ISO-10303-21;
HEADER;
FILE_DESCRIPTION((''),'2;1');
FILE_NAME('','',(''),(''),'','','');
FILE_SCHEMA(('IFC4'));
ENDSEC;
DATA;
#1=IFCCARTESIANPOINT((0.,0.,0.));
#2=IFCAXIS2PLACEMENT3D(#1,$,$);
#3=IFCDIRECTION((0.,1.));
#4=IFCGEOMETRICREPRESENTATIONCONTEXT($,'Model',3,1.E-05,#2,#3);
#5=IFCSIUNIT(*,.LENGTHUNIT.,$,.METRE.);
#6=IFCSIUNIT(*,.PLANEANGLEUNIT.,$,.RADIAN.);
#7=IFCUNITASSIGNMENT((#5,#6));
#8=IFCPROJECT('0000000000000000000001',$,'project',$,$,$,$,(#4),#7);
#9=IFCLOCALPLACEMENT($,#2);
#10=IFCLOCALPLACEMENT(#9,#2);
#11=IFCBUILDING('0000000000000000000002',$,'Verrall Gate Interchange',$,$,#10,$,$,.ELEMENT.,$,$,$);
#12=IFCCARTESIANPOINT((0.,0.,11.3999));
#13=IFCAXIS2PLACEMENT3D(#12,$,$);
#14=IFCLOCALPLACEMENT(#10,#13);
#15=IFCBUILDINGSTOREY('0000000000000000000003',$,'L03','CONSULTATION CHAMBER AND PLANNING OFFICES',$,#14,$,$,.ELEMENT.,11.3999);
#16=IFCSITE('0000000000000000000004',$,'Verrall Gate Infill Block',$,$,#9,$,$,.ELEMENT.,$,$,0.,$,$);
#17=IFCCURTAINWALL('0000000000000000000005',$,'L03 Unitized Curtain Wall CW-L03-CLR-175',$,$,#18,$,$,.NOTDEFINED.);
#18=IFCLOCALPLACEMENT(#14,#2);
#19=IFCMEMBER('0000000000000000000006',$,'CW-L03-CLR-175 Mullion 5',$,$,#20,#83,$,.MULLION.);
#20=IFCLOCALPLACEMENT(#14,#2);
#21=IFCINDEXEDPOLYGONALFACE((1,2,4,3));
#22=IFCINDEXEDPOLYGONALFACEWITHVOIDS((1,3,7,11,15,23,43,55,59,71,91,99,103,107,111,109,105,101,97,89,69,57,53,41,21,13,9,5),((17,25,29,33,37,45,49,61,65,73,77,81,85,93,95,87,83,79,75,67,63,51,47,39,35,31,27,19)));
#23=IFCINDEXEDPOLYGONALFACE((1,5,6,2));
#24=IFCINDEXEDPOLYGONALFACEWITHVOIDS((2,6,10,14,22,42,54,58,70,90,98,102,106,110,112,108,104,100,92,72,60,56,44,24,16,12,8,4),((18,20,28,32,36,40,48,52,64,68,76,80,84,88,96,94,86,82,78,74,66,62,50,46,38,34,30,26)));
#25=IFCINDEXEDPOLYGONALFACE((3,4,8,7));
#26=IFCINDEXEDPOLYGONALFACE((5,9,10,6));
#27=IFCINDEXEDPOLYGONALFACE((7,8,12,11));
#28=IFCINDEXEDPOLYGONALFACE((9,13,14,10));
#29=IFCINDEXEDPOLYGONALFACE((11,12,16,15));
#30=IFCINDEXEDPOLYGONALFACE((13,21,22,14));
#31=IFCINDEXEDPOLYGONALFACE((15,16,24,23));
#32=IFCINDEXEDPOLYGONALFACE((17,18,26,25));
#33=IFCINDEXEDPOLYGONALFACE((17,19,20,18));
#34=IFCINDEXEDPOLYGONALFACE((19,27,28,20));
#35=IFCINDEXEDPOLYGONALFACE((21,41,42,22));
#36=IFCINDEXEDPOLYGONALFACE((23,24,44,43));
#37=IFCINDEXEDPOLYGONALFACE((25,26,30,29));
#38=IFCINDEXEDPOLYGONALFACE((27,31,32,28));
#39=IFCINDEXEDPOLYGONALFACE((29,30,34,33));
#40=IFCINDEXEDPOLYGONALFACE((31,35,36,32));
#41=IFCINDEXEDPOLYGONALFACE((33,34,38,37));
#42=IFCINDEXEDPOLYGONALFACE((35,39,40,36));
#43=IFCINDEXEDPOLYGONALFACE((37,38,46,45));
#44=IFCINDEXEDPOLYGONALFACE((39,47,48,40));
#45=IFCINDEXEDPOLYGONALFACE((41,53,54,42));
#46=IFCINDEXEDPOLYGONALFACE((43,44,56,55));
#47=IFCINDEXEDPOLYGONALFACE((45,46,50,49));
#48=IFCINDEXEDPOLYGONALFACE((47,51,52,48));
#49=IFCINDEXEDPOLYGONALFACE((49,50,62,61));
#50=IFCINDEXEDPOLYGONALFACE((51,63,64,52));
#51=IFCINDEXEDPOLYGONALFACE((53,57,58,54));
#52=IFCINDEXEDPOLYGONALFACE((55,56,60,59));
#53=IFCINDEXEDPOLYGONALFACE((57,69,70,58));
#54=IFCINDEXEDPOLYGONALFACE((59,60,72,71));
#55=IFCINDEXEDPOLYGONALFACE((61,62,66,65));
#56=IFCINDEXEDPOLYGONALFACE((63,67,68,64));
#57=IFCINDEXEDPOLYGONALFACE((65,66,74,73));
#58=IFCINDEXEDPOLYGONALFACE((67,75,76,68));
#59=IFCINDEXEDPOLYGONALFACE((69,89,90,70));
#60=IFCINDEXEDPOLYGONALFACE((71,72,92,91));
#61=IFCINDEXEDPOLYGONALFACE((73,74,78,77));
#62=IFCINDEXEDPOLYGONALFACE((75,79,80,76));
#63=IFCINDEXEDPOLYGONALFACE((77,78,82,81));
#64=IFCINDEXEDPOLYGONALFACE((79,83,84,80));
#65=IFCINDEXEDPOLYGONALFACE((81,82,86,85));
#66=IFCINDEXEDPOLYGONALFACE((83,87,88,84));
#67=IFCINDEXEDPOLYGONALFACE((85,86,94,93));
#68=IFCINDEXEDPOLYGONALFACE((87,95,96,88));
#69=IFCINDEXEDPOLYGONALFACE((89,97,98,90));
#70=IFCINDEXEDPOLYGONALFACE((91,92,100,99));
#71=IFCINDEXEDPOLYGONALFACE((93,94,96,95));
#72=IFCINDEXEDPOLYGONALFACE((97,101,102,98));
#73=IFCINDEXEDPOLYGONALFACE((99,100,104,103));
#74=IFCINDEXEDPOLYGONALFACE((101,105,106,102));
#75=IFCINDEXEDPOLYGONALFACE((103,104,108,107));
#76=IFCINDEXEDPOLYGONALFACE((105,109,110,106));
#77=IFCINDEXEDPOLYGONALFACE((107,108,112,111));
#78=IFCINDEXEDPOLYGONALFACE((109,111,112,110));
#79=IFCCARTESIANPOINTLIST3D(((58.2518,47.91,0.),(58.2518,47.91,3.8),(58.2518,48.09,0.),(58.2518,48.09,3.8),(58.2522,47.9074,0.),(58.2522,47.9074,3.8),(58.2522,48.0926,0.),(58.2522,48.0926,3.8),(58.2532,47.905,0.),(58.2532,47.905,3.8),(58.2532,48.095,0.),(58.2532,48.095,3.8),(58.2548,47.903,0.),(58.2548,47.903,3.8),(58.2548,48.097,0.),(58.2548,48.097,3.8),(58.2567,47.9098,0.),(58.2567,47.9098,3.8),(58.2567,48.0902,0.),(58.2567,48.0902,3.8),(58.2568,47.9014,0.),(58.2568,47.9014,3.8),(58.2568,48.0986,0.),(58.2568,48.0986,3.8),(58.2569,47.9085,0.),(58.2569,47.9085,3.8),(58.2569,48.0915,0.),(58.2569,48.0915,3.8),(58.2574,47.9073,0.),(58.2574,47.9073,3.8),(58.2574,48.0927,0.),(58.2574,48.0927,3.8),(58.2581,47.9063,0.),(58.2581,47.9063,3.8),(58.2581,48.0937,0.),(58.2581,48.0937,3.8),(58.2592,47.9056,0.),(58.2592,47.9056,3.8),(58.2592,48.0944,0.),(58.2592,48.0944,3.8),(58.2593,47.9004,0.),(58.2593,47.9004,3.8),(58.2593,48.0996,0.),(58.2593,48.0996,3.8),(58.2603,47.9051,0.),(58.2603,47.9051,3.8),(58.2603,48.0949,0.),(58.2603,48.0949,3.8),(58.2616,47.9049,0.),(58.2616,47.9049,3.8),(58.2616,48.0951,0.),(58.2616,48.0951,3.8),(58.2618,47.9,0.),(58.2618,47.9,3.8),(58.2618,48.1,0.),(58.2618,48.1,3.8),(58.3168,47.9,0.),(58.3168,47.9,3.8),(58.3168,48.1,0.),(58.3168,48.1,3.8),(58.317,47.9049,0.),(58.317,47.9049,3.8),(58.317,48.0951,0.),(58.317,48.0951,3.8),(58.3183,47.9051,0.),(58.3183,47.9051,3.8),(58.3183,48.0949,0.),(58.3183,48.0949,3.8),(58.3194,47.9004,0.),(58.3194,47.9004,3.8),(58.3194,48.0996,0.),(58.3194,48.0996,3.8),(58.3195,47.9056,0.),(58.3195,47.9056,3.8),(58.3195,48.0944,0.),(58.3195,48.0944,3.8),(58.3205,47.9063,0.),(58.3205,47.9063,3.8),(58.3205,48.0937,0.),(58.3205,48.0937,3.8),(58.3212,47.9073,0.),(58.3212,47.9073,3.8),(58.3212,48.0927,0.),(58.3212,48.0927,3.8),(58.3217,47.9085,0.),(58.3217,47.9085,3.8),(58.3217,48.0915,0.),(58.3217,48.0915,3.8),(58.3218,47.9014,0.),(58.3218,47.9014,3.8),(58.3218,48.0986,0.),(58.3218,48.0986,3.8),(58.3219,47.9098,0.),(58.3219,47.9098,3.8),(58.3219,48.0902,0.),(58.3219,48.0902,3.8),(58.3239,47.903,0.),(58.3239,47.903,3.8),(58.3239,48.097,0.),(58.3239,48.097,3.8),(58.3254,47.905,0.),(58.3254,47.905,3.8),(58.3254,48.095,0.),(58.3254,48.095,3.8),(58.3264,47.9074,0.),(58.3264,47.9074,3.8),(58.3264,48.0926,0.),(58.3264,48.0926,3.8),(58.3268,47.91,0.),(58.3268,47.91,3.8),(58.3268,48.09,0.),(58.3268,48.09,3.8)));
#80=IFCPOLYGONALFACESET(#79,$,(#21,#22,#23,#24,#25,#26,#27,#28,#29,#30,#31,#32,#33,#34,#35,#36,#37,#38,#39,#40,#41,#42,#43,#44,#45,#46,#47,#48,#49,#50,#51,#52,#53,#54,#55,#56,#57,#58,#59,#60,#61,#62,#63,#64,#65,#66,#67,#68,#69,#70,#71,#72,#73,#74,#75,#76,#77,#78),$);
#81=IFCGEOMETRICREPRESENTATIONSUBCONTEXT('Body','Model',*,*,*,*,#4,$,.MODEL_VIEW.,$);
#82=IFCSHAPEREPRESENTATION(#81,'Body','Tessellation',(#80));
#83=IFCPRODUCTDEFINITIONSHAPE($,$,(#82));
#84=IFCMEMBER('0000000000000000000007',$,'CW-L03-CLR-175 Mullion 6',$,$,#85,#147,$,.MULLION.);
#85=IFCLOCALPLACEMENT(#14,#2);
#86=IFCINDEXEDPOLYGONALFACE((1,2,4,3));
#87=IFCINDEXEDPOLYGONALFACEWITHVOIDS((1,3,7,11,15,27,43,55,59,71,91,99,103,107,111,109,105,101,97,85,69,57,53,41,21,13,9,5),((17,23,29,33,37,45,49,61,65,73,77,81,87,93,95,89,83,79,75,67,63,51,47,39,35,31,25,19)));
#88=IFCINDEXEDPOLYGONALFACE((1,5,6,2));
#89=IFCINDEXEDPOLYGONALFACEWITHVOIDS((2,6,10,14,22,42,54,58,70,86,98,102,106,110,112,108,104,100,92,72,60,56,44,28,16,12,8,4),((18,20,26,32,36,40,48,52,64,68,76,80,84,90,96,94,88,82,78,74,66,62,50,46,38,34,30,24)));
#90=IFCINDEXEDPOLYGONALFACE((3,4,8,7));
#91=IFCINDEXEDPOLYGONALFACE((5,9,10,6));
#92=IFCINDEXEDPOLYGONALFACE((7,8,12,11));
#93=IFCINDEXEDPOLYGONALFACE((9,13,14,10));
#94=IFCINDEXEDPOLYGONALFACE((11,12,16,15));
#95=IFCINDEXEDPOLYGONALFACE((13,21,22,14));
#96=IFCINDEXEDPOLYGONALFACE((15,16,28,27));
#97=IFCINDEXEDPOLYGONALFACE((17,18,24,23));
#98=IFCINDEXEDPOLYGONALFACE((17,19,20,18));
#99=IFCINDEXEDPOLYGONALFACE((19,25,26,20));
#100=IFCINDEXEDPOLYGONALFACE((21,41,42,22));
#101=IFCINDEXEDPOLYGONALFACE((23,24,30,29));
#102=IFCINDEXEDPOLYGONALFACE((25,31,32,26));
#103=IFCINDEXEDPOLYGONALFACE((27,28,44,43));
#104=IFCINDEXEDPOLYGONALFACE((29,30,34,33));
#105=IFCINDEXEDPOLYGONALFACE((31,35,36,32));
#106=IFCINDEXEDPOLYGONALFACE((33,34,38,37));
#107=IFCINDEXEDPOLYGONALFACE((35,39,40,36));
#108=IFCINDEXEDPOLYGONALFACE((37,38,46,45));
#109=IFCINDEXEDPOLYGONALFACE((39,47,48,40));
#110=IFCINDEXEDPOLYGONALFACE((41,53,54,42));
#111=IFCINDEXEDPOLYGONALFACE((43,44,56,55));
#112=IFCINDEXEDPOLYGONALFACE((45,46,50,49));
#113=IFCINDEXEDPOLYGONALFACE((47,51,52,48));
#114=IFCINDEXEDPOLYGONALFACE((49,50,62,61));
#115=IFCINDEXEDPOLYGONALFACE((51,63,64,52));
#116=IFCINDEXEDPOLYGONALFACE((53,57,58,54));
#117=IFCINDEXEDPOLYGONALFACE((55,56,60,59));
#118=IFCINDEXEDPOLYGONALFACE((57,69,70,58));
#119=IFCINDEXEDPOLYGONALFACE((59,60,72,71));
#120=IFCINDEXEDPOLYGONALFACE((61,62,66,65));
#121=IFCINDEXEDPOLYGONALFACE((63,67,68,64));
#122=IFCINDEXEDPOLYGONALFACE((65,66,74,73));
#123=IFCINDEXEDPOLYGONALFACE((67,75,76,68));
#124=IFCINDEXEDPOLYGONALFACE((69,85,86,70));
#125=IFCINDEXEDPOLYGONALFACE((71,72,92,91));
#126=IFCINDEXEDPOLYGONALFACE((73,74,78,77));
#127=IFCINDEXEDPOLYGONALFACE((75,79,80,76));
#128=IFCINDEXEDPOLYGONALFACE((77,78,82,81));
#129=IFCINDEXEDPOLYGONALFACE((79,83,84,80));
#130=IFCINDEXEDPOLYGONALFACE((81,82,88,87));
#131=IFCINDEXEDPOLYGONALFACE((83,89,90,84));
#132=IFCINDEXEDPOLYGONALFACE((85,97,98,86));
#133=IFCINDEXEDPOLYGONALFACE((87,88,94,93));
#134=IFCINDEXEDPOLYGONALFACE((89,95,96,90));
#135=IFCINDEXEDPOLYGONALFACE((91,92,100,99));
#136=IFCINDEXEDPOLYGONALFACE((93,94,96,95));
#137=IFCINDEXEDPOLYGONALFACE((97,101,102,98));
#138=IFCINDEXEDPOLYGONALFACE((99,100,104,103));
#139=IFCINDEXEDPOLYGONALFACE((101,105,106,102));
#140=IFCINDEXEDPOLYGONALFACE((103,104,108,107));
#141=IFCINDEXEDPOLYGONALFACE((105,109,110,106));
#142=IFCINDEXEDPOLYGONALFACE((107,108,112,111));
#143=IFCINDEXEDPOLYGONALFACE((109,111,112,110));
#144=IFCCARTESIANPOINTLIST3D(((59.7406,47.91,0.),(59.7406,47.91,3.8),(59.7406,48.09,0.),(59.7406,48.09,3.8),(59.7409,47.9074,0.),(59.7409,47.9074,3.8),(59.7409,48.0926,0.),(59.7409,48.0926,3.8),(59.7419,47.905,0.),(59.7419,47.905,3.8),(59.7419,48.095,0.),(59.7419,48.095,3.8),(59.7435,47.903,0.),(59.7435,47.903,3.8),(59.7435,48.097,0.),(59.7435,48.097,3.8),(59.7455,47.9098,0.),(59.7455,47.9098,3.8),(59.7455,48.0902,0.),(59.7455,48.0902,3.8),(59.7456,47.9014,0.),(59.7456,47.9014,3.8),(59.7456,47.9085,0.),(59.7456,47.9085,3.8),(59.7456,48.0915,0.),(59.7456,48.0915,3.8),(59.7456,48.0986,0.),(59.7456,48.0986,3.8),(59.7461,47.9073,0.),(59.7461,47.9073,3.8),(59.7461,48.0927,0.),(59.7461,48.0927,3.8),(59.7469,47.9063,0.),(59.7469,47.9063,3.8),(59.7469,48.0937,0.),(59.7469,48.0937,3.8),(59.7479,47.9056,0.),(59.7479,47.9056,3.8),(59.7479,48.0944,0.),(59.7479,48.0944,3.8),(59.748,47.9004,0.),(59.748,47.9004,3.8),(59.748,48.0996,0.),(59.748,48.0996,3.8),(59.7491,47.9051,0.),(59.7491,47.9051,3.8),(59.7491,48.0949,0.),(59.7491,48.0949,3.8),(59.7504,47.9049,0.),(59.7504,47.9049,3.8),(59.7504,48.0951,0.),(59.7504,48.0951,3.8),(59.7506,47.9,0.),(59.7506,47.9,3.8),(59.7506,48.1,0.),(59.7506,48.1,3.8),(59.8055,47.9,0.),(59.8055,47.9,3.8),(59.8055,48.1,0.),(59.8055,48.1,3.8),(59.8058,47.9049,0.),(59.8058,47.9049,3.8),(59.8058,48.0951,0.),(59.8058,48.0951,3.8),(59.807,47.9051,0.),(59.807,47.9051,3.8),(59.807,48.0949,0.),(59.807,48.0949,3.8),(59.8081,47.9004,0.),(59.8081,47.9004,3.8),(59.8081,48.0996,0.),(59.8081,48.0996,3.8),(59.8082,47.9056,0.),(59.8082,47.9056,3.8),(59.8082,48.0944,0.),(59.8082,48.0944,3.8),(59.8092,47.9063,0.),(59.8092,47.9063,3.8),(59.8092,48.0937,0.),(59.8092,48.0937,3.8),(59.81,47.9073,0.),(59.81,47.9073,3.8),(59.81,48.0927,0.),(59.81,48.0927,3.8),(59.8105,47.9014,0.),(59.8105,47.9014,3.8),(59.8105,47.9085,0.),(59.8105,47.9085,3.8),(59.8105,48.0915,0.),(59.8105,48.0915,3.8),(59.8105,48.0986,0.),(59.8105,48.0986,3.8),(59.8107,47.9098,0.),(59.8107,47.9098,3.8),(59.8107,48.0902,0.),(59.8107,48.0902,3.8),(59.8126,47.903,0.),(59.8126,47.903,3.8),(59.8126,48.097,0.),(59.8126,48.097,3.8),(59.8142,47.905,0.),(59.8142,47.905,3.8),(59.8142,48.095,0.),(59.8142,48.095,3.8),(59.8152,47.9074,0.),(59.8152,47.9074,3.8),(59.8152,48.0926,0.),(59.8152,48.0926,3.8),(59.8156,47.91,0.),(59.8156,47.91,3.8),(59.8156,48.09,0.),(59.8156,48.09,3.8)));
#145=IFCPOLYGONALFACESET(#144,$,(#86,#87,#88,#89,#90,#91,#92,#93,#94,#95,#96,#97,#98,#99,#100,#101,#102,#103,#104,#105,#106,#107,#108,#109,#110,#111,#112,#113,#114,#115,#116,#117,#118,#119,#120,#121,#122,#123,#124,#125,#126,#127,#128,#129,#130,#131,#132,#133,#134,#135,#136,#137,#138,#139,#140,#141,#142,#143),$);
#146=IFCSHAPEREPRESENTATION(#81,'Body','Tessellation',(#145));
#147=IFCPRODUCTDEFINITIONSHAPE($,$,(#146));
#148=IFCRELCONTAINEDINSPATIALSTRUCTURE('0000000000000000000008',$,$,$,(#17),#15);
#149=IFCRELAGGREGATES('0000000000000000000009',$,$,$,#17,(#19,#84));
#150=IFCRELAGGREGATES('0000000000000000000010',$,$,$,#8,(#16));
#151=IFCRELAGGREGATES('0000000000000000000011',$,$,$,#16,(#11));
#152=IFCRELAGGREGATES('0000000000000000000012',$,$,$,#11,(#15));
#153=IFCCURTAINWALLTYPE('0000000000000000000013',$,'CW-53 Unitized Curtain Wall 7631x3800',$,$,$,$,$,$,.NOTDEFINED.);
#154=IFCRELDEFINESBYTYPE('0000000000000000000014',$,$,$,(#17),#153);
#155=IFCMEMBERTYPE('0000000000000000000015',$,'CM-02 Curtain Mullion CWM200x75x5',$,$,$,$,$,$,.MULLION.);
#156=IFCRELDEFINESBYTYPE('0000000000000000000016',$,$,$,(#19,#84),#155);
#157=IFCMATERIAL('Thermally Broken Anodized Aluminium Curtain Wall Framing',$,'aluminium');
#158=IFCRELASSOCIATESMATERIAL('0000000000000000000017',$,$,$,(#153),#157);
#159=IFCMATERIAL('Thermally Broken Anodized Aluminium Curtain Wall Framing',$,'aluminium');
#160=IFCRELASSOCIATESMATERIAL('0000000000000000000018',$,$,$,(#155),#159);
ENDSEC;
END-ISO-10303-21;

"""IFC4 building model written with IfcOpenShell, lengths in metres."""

from ifc_helpers import new_model, si_unit, direction, frame, origin, origin_2d, place, context, subcontext, project, spatial, hollow_rectangle, extrude, material, material_profile, profile_set, type_object, element, aggregate, save


model = new_model("IFC4")

# Units and contexts
model_context = context("Model", 3, precision=1e-05, world=origin(), true_north=direction((0.0, 1.0)))
body_context = subcontext(model_context, "Body", "Model", "MODEL_VIEW")
ifc_project = project(units=[si_unit("LENGTHUNIT", "METRE"), si_unit("PLANEANGLEUNIT", "RADIAN")], contexts=[model_context])

# Site, building, storey
site_placement = place(None, origin())
site = spatial("IfcSite", under=ifc_project, at=site_placement, Name="Verrall Gate Infill Block", CompositionType="ELEMENT", RefElevation=0.0)
building_placement = place(site_placement, origin())
building = spatial("IfcBuilding", under=site, at=building_placement, Name="Verrall Gate Interchange", CompositionType="ELEMENT")
storey_placement = place(building_placement, frame((0.0, 0.0, 11.3999)))
storey = spatial("IfcBuildingStorey", under=building, at=storey_placement, Name="L03", Description="CONSULTATION CHAMBER AND PLANNING OFFICES", CompositionType="ELEMENT", Elevation=11.3999)

# Curtain wall, members
ifc_material_1 = material(Name="Thermally Broken Anodized Aluminium Curtain Wall Framing", Category="aluminium")
curtain_wall_type = type_object("IfcCurtainWallType", Name="CW-53 Unitized Curtain Wall 7631x3800", PredefinedType="NOTDEFINED", material=ifc_material_1)
curtain_wall_placement = place(storey_placement, origin())
curtain_wall = element("IfcCurtainWall", 1, at=curtain_wall_placement, inside=storey, type_object=curtain_wall_type, Name="L03 Unitized Curtain Wall CW-L03-CLR-175", PredefinedType="NOTDEFINED")
ifc_material_2 = material(Name="Thermally Broken Anodized Aluminium Curtain Wall Framing", Category="aluminium")
ifc_material_profile_1 = material_profile(ifc_material_2, hollow_rectangle(XDim=0.075, YDim=0.2, WallThickness=0.0049, InnerFilletRadius=0.0049, OuterFilletRadius=0.01, at=origin_2d()), Name="CWM200x75x5")
ifc_profile_set_1 = profile_set([ifc_material_profile_1], Name="Thermally Broken Anodized Aluminium Curtain Wall Framing")
member_type_1 = type_object("IfcMemberType", Name="CM-02 Curtain Mullion CWM200x75x5", PredefinedType="MULLION", material=ifc_profile_set_1)
member_1_placement = place(storey_placement, frame((58.2893, 48.0, 0.0), z_axis=(0.0, 0.0, 1.0), x_axis=(1.0, 0.0, 0.0)))
member_1 = element("IfcMember", 2, at=member_1_placement, type_object=member_type_1, Name="CW-L03-CLR-175 Mullion 5", PredefinedType="MULLION", context=body_context, shape_type="SweptSolid", body=[
    extrude(hollow_rectangle(XDim=0.075, YDim=0.2, WallThickness=0.0049, InnerFilletRadius=0.0049, OuterFilletRadius=0.01, at=origin_2d()), origin(), (0.0, 0.0, 1.0), 3.8),
])
member_2_placement = place(storey_placement, frame((59.7781, 48.0, 0.0), z_axis=(0.0, 0.0, 1.0), x_axis=(1.0, 0.0, 0.0)))
member_2 = element("IfcMember", 3, at=member_2_placement, type_object=member_type_1, Name="CW-L03-CLR-175 Mullion 6", PredefinedType="MULLION", context=body_context, shape_type="SweptSolid", body=[
    extrude(hollow_rectangle(XDim=0.075, YDim=0.2, WallThickness=0.0049, InnerFilletRadius=0.0049, OuterFilletRadius=0.01, at=origin_2d()), origin(), (0.0, 0.0, 1.0), 3.8),
])

aggregate(curtain_wall, [member_1, member_2])

save(model, "model.ifc")
